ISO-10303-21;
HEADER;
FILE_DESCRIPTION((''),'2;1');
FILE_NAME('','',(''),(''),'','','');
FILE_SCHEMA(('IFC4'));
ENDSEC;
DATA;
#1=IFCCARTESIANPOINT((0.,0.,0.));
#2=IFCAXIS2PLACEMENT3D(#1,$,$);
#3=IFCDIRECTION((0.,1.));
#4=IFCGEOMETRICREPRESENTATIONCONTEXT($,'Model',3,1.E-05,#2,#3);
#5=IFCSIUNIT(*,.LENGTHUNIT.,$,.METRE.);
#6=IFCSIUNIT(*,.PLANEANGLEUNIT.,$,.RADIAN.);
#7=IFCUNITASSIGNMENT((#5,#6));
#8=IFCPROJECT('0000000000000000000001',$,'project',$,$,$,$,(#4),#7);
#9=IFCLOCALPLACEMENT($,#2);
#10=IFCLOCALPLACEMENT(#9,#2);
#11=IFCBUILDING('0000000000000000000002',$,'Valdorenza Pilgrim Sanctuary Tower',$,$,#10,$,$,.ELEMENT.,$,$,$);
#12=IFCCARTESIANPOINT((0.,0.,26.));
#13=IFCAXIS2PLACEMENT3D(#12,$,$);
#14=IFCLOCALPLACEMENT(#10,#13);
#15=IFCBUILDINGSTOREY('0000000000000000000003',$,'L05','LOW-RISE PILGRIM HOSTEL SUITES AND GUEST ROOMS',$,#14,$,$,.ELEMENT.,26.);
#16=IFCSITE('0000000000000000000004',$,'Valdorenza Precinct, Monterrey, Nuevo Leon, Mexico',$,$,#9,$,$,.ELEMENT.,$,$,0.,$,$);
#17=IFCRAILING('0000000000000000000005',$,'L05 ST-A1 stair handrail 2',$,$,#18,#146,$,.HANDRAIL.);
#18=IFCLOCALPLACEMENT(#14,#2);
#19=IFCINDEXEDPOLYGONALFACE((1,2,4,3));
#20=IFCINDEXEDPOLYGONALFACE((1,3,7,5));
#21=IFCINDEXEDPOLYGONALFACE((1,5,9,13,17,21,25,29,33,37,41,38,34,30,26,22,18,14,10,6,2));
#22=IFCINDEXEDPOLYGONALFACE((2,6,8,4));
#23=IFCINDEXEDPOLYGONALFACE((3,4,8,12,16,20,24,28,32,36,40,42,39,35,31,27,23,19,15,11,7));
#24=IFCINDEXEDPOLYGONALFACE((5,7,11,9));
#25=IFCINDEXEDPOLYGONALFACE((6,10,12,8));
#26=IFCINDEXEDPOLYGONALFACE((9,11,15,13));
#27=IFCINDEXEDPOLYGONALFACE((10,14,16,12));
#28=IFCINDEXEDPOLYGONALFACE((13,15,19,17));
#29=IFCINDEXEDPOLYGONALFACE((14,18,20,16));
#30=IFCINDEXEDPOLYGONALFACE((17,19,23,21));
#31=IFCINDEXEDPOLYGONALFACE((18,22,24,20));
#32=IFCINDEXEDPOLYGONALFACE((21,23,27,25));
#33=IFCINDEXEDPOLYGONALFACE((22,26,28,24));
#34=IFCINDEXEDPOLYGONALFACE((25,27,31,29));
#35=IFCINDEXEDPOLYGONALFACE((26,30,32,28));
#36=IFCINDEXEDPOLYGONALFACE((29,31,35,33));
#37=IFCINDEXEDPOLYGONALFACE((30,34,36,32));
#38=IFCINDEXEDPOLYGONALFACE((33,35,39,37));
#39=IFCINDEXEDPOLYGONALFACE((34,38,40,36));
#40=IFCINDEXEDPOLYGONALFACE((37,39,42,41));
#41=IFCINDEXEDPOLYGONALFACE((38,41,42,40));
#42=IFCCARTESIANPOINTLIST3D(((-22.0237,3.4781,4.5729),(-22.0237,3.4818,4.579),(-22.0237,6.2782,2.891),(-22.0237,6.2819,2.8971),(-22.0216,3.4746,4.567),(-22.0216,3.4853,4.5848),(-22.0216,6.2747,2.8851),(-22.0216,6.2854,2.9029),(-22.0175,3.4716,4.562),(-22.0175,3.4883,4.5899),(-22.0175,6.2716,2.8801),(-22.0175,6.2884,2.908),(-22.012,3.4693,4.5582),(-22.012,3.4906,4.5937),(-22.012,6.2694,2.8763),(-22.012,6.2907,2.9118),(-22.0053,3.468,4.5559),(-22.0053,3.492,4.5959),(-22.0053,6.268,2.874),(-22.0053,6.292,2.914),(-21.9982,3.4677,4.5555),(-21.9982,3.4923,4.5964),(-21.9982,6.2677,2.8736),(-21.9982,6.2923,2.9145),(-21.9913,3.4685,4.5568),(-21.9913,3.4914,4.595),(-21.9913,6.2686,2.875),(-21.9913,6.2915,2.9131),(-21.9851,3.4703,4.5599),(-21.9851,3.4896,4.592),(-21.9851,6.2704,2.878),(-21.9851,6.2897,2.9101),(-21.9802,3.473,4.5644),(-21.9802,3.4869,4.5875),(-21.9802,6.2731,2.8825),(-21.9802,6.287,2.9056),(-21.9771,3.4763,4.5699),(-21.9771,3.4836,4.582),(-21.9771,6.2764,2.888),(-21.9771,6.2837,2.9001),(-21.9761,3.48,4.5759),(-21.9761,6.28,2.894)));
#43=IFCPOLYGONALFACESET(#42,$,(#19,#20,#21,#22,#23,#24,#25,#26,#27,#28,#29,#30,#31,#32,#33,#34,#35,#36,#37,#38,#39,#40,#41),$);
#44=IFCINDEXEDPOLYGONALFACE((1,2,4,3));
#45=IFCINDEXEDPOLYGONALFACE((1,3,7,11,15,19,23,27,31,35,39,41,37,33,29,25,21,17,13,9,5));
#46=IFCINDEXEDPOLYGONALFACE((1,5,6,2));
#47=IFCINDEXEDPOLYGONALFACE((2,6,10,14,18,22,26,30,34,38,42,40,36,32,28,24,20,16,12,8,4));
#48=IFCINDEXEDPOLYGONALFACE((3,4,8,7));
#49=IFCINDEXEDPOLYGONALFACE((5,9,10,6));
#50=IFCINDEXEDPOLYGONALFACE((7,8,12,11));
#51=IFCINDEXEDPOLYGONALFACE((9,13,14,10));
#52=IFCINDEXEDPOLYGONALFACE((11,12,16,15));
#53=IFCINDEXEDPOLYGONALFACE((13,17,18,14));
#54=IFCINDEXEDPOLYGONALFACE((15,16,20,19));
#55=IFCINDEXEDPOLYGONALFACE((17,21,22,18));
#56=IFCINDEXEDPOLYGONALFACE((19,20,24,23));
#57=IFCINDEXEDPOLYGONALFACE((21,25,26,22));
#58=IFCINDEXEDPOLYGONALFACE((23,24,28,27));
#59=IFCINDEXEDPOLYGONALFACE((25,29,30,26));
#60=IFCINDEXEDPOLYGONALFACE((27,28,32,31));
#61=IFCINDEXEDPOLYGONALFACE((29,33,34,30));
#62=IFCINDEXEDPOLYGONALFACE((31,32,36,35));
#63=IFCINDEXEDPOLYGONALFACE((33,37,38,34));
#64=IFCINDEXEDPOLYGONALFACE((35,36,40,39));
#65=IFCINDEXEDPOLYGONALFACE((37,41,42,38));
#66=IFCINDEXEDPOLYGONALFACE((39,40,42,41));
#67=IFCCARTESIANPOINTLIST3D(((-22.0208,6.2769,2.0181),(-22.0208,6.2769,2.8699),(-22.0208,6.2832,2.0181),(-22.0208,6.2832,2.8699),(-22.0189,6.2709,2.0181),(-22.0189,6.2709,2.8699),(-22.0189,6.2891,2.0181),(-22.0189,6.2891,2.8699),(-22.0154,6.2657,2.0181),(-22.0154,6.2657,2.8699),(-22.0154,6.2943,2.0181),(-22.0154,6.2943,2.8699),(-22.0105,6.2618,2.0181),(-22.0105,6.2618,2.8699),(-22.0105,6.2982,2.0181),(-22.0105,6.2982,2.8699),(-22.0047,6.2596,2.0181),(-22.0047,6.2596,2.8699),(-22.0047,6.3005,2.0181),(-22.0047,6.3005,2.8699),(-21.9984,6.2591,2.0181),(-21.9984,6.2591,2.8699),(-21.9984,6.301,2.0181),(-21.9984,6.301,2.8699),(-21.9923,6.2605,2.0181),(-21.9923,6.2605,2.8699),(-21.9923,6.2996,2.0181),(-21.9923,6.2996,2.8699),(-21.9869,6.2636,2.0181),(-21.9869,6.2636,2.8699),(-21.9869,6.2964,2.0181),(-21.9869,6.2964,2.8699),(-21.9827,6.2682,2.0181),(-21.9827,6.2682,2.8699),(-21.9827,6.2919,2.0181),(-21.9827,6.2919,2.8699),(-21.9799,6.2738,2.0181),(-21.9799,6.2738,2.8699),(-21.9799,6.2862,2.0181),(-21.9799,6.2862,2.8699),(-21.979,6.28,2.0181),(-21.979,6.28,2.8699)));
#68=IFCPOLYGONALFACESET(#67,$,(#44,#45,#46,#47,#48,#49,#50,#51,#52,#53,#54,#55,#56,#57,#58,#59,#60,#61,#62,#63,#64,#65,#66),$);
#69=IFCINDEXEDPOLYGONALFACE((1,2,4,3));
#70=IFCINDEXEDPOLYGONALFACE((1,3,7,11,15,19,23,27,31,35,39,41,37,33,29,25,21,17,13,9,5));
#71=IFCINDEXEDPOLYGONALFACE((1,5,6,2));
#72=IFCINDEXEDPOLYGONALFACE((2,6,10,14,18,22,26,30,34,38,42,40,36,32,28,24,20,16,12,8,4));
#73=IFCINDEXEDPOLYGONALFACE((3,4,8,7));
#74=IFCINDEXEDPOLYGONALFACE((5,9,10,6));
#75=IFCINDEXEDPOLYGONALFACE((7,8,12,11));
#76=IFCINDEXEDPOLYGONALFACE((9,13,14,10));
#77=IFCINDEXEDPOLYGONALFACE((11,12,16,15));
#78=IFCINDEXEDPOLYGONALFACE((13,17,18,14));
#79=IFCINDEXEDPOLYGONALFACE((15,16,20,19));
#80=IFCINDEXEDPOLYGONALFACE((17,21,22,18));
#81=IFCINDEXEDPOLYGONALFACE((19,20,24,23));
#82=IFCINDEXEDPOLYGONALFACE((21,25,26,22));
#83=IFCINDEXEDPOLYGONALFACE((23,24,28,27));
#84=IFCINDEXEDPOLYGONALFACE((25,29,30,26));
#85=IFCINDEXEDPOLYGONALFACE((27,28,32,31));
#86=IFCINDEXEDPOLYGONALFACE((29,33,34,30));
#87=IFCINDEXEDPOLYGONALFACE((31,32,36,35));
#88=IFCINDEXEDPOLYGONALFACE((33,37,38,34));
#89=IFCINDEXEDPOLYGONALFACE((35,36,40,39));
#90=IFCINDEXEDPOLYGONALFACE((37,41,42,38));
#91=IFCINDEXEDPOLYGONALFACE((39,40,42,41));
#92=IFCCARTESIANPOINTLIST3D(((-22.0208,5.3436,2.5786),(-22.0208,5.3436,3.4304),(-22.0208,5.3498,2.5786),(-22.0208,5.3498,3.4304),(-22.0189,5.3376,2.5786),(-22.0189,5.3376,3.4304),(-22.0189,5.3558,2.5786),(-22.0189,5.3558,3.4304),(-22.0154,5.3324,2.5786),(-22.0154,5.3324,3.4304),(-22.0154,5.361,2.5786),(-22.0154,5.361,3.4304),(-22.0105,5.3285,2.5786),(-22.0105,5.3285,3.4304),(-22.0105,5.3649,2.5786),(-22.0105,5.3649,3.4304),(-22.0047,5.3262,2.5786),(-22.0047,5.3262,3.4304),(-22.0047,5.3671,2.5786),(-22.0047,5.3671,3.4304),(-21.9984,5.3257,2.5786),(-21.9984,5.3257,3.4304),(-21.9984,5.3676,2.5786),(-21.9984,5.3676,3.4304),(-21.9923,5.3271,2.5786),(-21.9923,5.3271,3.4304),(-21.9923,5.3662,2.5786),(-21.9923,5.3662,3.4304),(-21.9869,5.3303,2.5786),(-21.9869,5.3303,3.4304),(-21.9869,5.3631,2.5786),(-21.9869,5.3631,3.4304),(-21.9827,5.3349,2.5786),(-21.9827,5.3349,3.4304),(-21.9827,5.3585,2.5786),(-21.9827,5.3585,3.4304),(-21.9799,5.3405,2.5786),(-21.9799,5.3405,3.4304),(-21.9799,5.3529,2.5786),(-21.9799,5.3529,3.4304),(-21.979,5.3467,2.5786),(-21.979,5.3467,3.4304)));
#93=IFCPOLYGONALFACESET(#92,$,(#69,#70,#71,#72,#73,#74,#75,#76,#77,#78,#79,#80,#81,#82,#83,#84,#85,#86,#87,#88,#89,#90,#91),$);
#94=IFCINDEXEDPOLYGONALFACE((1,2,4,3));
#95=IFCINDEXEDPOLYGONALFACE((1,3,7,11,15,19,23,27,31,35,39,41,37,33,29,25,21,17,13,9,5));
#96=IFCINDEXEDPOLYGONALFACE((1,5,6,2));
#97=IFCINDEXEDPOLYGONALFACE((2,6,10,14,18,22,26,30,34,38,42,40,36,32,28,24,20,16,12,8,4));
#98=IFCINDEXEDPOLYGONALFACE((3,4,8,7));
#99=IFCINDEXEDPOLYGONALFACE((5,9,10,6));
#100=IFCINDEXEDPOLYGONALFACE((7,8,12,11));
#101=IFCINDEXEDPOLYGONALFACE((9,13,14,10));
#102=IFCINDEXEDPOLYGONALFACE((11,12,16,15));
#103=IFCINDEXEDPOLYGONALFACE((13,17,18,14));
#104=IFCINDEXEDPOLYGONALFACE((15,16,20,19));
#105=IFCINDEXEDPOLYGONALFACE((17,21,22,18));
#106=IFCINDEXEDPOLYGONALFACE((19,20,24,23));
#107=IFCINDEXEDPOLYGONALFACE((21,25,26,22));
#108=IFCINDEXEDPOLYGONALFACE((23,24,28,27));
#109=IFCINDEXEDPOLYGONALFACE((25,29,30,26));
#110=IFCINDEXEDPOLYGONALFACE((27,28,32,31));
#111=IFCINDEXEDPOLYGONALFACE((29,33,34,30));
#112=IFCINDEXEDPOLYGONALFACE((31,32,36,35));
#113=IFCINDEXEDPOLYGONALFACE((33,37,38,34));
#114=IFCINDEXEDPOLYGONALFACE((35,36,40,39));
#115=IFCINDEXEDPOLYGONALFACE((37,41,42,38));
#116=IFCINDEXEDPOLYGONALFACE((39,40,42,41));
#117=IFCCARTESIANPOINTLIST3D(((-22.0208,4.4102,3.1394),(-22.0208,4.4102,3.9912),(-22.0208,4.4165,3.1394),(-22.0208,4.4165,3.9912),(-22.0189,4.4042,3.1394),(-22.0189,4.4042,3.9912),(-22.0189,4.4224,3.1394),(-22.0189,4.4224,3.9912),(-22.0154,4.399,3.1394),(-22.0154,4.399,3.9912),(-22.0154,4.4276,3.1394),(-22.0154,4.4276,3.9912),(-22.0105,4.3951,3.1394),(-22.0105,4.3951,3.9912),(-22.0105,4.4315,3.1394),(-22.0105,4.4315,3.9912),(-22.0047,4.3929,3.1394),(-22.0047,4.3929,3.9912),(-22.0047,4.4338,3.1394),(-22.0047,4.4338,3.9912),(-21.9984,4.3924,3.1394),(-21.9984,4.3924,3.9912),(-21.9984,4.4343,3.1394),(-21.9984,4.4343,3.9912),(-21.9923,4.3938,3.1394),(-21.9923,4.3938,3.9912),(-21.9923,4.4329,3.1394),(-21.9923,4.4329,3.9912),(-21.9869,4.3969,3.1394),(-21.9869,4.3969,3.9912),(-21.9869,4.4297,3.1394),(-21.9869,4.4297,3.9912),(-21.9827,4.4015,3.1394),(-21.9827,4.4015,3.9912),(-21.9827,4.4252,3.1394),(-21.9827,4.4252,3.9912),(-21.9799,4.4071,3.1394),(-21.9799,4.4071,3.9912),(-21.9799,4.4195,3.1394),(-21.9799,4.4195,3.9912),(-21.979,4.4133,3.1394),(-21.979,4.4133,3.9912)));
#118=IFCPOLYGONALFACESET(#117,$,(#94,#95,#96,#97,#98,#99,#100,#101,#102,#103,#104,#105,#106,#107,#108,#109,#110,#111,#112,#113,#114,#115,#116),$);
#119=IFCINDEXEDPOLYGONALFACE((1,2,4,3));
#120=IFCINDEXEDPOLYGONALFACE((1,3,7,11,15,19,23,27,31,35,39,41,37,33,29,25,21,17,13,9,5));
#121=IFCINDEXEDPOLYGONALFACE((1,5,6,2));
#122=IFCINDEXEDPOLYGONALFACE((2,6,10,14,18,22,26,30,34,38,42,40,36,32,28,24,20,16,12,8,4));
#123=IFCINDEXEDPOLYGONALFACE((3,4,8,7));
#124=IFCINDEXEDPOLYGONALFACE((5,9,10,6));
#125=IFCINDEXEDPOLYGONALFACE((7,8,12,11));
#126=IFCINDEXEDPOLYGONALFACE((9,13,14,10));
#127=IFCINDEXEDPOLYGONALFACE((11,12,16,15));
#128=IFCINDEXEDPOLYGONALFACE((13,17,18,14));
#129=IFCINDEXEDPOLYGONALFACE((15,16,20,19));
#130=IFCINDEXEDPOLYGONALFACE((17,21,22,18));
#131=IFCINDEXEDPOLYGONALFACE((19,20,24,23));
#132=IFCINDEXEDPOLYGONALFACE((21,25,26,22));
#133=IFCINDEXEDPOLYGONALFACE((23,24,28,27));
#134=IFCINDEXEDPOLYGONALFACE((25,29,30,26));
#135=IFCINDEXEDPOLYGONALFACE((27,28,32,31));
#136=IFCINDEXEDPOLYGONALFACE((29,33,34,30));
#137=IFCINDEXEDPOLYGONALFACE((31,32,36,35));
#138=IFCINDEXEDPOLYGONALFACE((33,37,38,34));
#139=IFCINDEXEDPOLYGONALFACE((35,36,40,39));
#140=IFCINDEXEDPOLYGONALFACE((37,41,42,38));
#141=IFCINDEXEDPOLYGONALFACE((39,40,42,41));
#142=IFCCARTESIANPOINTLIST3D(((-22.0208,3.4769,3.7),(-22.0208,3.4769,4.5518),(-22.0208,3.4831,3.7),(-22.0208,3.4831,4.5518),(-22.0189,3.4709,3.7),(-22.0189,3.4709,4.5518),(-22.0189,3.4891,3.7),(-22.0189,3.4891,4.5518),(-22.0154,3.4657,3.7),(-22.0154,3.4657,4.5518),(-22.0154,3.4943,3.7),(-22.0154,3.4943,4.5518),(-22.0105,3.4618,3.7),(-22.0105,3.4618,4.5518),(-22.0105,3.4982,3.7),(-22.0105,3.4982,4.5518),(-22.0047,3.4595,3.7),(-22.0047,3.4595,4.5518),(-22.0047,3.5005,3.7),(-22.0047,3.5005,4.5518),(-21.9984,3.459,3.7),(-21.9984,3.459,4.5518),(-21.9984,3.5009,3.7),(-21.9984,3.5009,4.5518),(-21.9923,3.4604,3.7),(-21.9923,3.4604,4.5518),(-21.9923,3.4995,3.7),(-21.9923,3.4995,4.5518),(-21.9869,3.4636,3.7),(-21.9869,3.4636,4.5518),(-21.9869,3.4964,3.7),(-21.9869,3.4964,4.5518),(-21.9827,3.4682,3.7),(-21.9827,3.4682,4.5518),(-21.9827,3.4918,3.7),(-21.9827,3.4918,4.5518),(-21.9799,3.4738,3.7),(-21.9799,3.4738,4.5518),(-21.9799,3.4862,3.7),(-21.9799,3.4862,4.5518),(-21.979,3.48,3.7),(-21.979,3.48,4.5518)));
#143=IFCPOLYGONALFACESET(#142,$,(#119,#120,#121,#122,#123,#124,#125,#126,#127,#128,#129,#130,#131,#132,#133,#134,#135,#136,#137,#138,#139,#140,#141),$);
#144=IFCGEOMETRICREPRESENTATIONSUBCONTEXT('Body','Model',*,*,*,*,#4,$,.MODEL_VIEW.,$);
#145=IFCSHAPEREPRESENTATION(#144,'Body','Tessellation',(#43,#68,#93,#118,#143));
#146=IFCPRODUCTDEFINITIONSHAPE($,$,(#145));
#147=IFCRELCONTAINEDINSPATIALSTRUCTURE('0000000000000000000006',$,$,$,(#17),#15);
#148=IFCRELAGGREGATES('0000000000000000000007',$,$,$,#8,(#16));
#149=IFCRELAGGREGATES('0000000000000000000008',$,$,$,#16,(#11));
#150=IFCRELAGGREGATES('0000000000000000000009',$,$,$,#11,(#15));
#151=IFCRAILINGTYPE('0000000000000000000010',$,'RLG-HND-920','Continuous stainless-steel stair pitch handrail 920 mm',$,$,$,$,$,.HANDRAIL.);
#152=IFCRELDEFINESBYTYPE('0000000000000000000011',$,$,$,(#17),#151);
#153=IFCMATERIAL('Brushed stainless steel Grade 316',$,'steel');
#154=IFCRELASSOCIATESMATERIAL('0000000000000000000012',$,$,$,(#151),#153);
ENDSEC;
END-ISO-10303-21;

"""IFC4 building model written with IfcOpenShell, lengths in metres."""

from ifc_helpers import new_model, si_unit, direction, frame, origin, origin_2d, place, context, subcontext, project, spatial, circle, extrude, material, type_object, element, save


model = new_model("IFC4")

# Units and contexts
model_context = context("Model", 3, precision=1e-05, world=origin(), true_north=direction((0.0, 1.0)))
body_context = subcontext(model_context, "Body", "Model", "MODEL_VIEW")
ifc_project = project(units=[si_unit("LENGTHUNIT", "METRE"), si_unit("PLANEANGLEUNIT", "RADIAN")], contexts=[model_context])

# Site, building, storey
site_placement = place(None, origin())
site = spatial("IfcSite", under=ifc_project, at=site_placement, Name="Valdorenza Precinct, Monterrey, Nuevo Leon, Mexico", CompositionType="ELEMENT", RefElevation=0.0)
building_placement = place(site_placement, origin())
building = spatial("IfcBuilding", under=site, at=building_placement, Name="Valdorenza Pilgrim Sanctuary Tower", CompositionType="ELEMENT")
storey_placement = place(building_placement, frame((0.0, 0.0, 26.0)))
storey = spatial("IfcBuildingStorey", under=building, at=storey_placement, Name="L05", Description="LOW-RISE PILGRIM HOSTEL SUITES AND GUEST ROOMS", CompositionType="ELEMENT", Elevation=26.0)

# Railing
ifc_material_1 = material(Name="Brushed stainless steel Grade 316", Category="steel")
railing_type_1 = type_object("IfcRailingType", Name="RLG-HND-920", Description="Continuous stainless-steel stair pitch handrail 920 mm", PredefinedType="HANDRAIL", material=ifc_material_1)
railing_1_placement = place(storey_placement, frame((-22.0, 6.28, 2.0181)))
element("IfcRailing", 1, at=railing_1_placement, inside=storey, type_object=railing_type_1, Name="L05 ST-A1 stair handrail 2", PredefinedType="HANDRAIL", context=body_context, shape_type="SweptSolid", body=[
    extrude(circle(Radius=0.0239, at=origin_2d()), frame((0.0, 0.0, 0.876), z_axis=(0.0, -0.857242, 0.514913), x_axis=(1.0, 0.0, 0.0)), (0.0, 0.0, 1.0), 3.2664),
    extrude(circle(Radius=0.021, at=origin_2d()), origin(), (0.0, 0.0, 1.0), 0.8518),
    extrude(circle(Radius=0.021, at=origin_2d()), frame((0.0, -0.9333, 0.5605)), (0.0, 0.0, 1.0), 0.8518),
    extrude(circle(Radius=0.021, at=origin_2d()), frame((0.0, -1.8667, 1.1213)), (0.0, 0.0, 1.0), 0.8518),
    extrude(circle(Radius=0.021, at=origin_2d()), frame((0.0, -2.8, 1.6819)), (0.0, 0.0, 1.0), 0.8518),
])

save(model, "model.ifc")
